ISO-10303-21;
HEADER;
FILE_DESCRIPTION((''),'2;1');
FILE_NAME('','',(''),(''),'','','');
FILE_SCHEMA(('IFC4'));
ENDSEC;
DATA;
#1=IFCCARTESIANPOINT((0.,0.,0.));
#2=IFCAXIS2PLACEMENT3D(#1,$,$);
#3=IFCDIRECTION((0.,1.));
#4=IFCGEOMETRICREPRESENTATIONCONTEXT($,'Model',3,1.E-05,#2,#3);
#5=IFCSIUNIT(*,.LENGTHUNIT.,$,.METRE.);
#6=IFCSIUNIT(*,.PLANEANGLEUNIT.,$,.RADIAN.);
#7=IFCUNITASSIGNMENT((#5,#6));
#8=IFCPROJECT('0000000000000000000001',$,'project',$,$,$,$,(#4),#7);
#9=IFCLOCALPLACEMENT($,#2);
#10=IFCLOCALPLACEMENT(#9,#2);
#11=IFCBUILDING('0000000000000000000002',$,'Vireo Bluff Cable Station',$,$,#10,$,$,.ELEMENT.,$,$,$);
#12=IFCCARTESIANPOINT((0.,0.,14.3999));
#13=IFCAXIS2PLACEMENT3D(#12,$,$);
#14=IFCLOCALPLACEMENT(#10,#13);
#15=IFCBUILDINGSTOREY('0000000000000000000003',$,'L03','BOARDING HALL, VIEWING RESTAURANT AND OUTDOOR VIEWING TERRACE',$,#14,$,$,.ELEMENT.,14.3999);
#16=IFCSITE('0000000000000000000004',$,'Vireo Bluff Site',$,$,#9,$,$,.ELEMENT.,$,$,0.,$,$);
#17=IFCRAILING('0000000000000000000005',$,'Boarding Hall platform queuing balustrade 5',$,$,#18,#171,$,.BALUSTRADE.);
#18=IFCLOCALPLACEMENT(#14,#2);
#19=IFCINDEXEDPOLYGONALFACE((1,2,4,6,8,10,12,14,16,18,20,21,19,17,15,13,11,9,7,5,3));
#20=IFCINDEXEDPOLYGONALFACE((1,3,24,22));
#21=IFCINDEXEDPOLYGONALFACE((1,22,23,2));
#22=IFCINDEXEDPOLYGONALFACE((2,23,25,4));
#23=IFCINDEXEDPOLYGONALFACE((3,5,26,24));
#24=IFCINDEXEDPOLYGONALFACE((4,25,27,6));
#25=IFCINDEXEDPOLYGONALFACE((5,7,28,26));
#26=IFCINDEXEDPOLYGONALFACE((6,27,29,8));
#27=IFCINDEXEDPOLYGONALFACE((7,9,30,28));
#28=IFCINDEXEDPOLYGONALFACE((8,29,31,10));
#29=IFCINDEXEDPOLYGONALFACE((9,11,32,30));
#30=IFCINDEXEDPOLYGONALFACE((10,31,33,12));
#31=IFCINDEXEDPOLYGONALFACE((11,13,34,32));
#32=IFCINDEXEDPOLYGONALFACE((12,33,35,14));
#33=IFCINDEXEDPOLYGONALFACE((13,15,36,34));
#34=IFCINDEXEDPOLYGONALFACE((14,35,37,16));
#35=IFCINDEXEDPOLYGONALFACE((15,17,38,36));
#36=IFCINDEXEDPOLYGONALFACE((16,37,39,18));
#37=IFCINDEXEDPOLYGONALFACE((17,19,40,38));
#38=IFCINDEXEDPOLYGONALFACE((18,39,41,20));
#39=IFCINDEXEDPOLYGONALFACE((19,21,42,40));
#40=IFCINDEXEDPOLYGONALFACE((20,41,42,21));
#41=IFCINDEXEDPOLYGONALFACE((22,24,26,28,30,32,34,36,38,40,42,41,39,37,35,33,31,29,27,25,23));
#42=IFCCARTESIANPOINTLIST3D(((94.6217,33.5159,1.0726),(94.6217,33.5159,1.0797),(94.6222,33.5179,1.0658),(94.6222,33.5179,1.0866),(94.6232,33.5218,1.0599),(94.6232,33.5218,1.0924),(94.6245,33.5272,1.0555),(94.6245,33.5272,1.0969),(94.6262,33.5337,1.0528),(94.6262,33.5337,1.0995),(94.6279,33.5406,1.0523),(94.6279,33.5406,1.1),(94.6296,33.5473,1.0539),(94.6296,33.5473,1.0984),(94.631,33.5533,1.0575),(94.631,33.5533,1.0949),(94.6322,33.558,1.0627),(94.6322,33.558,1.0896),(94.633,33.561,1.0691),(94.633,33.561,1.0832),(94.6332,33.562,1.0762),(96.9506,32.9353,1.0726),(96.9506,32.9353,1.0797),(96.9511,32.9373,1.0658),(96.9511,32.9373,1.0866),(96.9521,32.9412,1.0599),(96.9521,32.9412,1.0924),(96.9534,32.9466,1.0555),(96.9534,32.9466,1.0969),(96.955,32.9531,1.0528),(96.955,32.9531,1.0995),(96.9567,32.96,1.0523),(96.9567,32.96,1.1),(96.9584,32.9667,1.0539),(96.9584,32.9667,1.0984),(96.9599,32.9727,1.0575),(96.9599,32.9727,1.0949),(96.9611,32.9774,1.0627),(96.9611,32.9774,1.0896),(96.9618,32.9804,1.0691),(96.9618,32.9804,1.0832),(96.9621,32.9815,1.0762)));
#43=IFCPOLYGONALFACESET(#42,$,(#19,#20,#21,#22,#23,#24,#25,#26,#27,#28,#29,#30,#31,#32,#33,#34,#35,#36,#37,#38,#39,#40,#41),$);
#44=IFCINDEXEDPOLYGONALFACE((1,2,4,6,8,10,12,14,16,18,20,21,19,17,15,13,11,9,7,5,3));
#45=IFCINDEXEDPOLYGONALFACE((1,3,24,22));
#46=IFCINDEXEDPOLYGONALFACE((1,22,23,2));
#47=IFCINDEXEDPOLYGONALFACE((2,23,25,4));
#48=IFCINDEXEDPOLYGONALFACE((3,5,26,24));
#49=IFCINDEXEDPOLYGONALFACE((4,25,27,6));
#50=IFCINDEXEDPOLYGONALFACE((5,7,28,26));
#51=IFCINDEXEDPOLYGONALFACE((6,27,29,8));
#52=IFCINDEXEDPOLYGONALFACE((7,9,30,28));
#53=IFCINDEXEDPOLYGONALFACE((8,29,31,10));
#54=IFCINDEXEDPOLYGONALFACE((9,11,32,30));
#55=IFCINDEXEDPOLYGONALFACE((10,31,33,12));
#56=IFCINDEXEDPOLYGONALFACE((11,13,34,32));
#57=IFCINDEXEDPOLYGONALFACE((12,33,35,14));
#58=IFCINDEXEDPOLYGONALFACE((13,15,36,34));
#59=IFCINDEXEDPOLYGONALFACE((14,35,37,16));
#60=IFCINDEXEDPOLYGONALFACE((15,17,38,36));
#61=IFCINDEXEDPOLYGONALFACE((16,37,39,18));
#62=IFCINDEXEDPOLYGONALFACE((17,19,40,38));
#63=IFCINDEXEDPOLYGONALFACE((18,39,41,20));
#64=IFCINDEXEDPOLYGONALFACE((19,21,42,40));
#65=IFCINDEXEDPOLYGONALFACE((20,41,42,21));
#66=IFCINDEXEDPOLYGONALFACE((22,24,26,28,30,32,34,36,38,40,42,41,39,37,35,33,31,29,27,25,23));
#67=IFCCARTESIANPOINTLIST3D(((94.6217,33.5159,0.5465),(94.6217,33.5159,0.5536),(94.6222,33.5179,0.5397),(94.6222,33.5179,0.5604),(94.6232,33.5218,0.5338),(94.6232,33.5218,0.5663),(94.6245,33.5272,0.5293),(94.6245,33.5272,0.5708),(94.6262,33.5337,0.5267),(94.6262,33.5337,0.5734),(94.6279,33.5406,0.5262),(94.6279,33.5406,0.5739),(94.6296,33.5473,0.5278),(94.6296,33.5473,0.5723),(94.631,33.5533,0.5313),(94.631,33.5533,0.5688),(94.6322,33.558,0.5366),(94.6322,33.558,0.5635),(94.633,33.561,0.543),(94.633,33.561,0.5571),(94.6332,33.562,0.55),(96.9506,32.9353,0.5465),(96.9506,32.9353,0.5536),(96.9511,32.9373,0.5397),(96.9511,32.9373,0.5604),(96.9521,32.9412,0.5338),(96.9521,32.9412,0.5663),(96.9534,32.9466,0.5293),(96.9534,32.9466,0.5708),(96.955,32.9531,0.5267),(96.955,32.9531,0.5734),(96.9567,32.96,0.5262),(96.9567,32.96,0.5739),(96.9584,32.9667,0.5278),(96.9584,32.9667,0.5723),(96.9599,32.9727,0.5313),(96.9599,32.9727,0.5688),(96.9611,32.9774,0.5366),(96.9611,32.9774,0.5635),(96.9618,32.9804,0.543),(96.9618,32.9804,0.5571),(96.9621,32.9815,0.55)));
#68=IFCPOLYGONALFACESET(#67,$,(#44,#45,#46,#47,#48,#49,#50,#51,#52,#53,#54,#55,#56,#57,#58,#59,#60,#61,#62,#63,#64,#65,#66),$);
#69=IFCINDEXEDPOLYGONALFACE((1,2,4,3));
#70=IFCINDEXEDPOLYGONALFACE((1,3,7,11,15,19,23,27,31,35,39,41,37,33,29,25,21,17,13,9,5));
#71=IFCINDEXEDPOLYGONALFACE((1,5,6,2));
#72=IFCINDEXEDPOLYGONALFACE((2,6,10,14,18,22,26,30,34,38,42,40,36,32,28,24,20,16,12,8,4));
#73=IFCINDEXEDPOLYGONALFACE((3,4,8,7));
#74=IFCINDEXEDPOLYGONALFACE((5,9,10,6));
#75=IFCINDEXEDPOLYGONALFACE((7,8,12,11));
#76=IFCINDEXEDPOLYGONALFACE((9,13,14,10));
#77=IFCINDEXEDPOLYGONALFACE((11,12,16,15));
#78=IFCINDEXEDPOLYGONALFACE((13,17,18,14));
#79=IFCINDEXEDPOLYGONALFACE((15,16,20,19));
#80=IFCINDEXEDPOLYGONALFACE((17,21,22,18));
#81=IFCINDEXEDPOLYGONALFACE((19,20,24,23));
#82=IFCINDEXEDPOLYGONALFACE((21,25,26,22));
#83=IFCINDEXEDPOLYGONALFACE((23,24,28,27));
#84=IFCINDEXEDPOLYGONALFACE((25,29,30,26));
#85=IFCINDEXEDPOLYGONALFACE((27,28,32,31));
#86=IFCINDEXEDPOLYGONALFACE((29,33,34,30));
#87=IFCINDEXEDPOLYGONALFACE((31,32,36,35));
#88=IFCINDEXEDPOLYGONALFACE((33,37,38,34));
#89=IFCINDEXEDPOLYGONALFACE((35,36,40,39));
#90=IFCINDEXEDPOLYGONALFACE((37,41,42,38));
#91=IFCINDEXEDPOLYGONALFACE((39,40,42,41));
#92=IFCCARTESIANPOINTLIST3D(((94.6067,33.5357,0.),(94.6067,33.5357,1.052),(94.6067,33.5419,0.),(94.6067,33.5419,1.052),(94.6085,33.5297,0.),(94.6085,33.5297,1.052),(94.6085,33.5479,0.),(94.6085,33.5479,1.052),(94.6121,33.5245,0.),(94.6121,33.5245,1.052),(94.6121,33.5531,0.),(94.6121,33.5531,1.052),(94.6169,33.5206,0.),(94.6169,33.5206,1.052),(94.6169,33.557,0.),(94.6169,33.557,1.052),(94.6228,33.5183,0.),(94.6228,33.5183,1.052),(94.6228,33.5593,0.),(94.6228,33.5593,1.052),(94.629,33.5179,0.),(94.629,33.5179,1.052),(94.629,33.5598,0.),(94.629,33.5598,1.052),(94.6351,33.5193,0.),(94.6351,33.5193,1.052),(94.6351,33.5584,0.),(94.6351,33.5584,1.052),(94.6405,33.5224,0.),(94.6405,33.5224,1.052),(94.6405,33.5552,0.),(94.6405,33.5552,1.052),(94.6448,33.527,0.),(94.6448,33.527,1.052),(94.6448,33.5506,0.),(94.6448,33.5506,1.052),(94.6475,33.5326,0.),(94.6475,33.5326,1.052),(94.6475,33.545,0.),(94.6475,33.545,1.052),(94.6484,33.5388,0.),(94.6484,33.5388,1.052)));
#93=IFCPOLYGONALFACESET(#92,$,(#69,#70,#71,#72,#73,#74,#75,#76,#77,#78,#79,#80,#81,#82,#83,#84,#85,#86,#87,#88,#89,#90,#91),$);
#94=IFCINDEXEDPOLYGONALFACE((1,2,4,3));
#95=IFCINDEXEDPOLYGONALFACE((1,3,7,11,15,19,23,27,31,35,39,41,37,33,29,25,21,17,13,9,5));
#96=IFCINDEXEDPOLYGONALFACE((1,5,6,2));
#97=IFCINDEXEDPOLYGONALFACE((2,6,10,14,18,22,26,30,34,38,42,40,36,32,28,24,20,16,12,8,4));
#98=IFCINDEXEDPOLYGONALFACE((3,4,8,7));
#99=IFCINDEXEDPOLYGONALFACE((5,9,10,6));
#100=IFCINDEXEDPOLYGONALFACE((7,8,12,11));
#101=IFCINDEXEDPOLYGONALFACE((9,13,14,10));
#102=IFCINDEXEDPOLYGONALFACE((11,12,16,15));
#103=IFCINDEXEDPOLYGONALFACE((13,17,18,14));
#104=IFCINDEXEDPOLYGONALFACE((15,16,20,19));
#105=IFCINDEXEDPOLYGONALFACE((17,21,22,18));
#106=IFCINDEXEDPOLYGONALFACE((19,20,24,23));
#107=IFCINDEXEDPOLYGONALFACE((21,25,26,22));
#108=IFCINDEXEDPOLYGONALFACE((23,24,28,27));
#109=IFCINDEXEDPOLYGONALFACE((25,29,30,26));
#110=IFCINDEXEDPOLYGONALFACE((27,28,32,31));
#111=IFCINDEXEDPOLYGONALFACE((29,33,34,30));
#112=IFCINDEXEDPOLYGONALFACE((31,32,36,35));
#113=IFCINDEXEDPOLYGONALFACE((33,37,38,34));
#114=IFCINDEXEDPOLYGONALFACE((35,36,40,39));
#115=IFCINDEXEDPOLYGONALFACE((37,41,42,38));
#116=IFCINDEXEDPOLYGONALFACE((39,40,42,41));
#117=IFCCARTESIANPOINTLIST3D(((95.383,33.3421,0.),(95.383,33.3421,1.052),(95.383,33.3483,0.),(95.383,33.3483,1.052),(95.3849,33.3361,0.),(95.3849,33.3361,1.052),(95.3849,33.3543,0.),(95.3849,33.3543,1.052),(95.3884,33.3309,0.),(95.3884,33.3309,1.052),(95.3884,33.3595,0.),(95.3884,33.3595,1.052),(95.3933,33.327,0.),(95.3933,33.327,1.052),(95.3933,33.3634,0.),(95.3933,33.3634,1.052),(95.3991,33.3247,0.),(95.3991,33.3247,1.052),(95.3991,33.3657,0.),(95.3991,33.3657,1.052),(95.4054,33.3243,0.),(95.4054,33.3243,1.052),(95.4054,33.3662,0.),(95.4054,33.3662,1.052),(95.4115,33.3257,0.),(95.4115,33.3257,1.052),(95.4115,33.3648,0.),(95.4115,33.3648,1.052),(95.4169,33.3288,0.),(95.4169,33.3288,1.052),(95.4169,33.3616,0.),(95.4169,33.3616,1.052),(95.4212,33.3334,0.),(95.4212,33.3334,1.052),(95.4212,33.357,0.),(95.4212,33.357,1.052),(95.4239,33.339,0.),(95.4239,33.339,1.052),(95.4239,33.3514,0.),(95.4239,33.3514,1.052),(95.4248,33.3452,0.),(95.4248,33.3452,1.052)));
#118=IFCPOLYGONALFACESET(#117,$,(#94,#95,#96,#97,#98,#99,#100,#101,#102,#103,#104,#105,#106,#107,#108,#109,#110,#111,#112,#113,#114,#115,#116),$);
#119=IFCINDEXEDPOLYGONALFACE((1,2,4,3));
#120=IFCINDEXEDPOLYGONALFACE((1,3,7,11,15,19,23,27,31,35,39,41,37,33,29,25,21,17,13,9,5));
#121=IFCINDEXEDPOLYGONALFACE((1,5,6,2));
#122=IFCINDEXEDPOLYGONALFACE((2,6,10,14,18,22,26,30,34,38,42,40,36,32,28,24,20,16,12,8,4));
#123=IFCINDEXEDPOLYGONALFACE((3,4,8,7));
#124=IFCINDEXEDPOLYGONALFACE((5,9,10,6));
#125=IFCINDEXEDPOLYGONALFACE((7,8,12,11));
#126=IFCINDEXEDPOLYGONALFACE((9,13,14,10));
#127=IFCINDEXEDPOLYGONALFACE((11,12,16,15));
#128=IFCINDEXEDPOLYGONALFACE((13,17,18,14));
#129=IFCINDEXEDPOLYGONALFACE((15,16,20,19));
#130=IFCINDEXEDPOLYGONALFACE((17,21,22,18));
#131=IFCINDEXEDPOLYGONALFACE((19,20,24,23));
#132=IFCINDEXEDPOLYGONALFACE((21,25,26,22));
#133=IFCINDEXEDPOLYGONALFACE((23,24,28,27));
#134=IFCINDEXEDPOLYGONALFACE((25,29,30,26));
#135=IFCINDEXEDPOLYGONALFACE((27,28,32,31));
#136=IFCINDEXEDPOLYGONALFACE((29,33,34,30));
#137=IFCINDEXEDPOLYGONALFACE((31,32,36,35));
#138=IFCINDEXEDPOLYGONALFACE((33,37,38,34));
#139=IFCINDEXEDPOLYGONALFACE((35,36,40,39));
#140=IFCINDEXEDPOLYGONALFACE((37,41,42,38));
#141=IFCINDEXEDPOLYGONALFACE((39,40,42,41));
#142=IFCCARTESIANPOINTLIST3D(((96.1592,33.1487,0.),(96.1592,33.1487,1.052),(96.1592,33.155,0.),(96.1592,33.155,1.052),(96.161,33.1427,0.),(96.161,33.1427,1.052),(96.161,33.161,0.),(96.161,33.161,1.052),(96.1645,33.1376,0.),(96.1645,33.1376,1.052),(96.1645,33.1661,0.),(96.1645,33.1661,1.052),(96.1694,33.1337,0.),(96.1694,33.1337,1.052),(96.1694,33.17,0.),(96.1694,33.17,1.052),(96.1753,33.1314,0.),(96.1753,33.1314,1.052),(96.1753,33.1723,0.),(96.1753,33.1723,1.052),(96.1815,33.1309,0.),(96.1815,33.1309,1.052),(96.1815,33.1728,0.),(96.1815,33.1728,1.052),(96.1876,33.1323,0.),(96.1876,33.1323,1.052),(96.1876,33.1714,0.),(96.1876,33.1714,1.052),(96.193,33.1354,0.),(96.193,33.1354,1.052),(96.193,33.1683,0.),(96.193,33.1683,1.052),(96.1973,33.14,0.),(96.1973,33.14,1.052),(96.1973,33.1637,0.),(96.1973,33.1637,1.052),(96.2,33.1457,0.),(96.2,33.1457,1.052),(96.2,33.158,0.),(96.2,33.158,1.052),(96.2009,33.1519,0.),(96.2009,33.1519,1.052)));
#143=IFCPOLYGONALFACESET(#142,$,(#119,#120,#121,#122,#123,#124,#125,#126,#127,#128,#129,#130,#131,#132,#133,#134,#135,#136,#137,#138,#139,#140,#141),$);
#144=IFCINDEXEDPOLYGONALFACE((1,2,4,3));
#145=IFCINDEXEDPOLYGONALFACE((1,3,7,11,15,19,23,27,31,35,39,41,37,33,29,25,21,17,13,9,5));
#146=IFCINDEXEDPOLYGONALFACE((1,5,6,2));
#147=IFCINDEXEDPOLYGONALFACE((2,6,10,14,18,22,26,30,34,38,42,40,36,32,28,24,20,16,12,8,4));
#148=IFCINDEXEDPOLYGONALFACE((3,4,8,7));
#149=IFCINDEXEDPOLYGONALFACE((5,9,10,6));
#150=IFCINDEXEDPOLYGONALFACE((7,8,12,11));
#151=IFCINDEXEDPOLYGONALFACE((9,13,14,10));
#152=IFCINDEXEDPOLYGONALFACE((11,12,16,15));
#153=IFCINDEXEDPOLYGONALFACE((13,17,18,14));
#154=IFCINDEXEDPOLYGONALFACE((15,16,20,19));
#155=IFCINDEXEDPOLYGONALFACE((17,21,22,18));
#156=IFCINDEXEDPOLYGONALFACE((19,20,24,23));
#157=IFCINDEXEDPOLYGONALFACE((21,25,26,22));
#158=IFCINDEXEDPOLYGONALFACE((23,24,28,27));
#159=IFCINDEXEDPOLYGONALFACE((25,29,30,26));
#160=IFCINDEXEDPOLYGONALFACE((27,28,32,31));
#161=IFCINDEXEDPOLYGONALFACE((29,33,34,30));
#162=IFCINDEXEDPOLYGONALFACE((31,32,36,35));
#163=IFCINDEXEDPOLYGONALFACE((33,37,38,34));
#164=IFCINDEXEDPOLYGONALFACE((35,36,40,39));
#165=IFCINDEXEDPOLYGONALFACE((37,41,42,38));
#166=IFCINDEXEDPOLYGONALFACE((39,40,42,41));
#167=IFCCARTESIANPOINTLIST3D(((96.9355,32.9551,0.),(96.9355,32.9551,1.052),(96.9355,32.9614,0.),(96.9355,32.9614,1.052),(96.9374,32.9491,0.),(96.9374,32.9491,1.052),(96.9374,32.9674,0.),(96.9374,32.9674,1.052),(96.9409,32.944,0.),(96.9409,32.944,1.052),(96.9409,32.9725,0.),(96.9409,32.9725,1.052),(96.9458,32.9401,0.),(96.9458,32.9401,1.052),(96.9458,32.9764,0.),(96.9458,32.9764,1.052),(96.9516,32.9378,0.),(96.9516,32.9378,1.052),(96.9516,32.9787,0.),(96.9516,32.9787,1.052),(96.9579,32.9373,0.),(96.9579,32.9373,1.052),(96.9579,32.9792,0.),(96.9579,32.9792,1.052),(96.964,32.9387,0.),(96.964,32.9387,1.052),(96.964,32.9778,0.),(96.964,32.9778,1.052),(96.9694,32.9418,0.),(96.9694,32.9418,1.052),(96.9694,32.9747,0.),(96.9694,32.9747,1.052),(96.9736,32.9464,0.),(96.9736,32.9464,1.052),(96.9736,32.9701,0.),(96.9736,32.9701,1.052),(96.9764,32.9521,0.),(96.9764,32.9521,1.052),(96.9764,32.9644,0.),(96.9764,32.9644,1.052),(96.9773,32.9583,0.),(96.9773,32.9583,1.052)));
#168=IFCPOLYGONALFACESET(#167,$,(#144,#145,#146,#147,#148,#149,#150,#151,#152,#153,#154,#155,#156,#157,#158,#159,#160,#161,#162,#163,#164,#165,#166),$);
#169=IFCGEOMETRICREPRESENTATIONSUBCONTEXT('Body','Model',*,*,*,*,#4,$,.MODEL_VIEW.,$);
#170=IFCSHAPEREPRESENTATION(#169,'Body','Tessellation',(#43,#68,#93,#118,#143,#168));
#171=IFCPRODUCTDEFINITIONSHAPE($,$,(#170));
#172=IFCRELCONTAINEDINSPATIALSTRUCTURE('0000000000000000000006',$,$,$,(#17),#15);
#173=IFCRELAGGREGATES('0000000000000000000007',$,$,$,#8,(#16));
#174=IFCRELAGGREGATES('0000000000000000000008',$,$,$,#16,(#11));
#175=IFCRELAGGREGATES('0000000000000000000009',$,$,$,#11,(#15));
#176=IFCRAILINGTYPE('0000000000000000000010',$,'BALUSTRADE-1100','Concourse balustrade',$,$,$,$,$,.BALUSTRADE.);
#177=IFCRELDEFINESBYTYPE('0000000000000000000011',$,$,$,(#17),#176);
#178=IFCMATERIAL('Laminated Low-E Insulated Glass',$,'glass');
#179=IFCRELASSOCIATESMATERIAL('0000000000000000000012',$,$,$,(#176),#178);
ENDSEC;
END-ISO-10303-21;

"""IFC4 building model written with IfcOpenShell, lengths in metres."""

from ifc_helpers import new_model, si_unit, direction, frame, origin, origin_2d, place, context, subcontext, project, spatial, circle, extrude, material, type_object, element, save


model = new_model("IFC4")

# Units and contexts
model_context = context("Model", 3, precision=1e-05, world=origin(), true_north=direction((0.0, 1.0)))
body_context = subcontext(model_context, "Body", "Model", "MODEL_VIEW")
ifc_project = project(units=[si_unit("LENGTHUNIT", "METRE"), si_unit("PLANEANGLEUNIT", "RADIAN")], contexts=[model_context])

# Site, building, storey
site_placement = place(None, origin())
site = spatial("IfcSite", under=ifc_project, at=site_placement, Name="Vireo Bluff Site", CompositionType="ELEMENT", RefElevation=0.0)
building_placement = place(site_placement, origin())
building = spatial("IfcBuilding", under=site, at=building_placement, Name="Vireo Bluff Cable Station", CompositionType="ELEMENT")
storey_placement = place(building_placement, frame((0.0, 0.0, 14.3999)))
storey = spatial("IfcBuildingStorey", under=building, at=storey_placement, Name="L03", Description="BOARDING HALL, VIEWING RESTAURANT AND OUTDOOR VIEWING TERRACE", CompositionType="ELEMENT", Elevation=14.3999)

# Railing
ifc_material_1 = material(Name="Laminated Low-E Insulated Glass", Category="glass")
railing_type = type_object("IfcRailingType", Name="BALUSTRADE-1100", Description="Concourse balustrade", PredefinedType="BALUSTRADE", material=ifc_material_1)
railing_placement = place(storey_placement, frame((94.6274, 33.5388, 0.0)))
element("IfcRailing", 1, at=railing_placement, inside=storey, type_object=railing_type, Name="Boarding Hall platform queuing balustrade 5", PredefinedType="BALUSTRADE", context=body_context, shape_type="SweptSolid", body=[
    extrude(circle(Radius=0.0239, at=origin_2d()), frame((0.0, 0.0, 1.0762), z_axis=(0.970304, -0.241889, 0.0), x_axis=(0.241889, 0.970304, 0.0)), (0.0, 0.0, 1.0), 2.4001),
    extrude(circle(Radius=0.0239, at=origin_2d()), frame((0.0, 0.0, 0.55), z_axis=(0.970304, -0.241889, 0.0), x_axis=(0.241889, 0.970304, 0.0)), (0.0, 0.0, 1.0), 2.4001),
    extrude(circle(Radius=0.021, at=origin_2d()), origin(), (0.0, 0.0, 1.0), 1.052),
    extrude(circle(Radius=0.021, at=origin_2d()), frame((0.7764, -0.1936, 0.0)), (0.0, 0.0, 1.0), 1.052),
    extrude(circle(Radius=0.021, at=origin_2d()), frame((1.5525, -0.387, 0.0)), (0.0, 0.0, 1.0), 1.052),
    extrude(circle(Radius=0.021, at=origin_2d()), frame((2.3289, -0.5806, 0.0)), (0.0, 0.0, 1.0), 1.052),
])

save(model, "model.ifc")
